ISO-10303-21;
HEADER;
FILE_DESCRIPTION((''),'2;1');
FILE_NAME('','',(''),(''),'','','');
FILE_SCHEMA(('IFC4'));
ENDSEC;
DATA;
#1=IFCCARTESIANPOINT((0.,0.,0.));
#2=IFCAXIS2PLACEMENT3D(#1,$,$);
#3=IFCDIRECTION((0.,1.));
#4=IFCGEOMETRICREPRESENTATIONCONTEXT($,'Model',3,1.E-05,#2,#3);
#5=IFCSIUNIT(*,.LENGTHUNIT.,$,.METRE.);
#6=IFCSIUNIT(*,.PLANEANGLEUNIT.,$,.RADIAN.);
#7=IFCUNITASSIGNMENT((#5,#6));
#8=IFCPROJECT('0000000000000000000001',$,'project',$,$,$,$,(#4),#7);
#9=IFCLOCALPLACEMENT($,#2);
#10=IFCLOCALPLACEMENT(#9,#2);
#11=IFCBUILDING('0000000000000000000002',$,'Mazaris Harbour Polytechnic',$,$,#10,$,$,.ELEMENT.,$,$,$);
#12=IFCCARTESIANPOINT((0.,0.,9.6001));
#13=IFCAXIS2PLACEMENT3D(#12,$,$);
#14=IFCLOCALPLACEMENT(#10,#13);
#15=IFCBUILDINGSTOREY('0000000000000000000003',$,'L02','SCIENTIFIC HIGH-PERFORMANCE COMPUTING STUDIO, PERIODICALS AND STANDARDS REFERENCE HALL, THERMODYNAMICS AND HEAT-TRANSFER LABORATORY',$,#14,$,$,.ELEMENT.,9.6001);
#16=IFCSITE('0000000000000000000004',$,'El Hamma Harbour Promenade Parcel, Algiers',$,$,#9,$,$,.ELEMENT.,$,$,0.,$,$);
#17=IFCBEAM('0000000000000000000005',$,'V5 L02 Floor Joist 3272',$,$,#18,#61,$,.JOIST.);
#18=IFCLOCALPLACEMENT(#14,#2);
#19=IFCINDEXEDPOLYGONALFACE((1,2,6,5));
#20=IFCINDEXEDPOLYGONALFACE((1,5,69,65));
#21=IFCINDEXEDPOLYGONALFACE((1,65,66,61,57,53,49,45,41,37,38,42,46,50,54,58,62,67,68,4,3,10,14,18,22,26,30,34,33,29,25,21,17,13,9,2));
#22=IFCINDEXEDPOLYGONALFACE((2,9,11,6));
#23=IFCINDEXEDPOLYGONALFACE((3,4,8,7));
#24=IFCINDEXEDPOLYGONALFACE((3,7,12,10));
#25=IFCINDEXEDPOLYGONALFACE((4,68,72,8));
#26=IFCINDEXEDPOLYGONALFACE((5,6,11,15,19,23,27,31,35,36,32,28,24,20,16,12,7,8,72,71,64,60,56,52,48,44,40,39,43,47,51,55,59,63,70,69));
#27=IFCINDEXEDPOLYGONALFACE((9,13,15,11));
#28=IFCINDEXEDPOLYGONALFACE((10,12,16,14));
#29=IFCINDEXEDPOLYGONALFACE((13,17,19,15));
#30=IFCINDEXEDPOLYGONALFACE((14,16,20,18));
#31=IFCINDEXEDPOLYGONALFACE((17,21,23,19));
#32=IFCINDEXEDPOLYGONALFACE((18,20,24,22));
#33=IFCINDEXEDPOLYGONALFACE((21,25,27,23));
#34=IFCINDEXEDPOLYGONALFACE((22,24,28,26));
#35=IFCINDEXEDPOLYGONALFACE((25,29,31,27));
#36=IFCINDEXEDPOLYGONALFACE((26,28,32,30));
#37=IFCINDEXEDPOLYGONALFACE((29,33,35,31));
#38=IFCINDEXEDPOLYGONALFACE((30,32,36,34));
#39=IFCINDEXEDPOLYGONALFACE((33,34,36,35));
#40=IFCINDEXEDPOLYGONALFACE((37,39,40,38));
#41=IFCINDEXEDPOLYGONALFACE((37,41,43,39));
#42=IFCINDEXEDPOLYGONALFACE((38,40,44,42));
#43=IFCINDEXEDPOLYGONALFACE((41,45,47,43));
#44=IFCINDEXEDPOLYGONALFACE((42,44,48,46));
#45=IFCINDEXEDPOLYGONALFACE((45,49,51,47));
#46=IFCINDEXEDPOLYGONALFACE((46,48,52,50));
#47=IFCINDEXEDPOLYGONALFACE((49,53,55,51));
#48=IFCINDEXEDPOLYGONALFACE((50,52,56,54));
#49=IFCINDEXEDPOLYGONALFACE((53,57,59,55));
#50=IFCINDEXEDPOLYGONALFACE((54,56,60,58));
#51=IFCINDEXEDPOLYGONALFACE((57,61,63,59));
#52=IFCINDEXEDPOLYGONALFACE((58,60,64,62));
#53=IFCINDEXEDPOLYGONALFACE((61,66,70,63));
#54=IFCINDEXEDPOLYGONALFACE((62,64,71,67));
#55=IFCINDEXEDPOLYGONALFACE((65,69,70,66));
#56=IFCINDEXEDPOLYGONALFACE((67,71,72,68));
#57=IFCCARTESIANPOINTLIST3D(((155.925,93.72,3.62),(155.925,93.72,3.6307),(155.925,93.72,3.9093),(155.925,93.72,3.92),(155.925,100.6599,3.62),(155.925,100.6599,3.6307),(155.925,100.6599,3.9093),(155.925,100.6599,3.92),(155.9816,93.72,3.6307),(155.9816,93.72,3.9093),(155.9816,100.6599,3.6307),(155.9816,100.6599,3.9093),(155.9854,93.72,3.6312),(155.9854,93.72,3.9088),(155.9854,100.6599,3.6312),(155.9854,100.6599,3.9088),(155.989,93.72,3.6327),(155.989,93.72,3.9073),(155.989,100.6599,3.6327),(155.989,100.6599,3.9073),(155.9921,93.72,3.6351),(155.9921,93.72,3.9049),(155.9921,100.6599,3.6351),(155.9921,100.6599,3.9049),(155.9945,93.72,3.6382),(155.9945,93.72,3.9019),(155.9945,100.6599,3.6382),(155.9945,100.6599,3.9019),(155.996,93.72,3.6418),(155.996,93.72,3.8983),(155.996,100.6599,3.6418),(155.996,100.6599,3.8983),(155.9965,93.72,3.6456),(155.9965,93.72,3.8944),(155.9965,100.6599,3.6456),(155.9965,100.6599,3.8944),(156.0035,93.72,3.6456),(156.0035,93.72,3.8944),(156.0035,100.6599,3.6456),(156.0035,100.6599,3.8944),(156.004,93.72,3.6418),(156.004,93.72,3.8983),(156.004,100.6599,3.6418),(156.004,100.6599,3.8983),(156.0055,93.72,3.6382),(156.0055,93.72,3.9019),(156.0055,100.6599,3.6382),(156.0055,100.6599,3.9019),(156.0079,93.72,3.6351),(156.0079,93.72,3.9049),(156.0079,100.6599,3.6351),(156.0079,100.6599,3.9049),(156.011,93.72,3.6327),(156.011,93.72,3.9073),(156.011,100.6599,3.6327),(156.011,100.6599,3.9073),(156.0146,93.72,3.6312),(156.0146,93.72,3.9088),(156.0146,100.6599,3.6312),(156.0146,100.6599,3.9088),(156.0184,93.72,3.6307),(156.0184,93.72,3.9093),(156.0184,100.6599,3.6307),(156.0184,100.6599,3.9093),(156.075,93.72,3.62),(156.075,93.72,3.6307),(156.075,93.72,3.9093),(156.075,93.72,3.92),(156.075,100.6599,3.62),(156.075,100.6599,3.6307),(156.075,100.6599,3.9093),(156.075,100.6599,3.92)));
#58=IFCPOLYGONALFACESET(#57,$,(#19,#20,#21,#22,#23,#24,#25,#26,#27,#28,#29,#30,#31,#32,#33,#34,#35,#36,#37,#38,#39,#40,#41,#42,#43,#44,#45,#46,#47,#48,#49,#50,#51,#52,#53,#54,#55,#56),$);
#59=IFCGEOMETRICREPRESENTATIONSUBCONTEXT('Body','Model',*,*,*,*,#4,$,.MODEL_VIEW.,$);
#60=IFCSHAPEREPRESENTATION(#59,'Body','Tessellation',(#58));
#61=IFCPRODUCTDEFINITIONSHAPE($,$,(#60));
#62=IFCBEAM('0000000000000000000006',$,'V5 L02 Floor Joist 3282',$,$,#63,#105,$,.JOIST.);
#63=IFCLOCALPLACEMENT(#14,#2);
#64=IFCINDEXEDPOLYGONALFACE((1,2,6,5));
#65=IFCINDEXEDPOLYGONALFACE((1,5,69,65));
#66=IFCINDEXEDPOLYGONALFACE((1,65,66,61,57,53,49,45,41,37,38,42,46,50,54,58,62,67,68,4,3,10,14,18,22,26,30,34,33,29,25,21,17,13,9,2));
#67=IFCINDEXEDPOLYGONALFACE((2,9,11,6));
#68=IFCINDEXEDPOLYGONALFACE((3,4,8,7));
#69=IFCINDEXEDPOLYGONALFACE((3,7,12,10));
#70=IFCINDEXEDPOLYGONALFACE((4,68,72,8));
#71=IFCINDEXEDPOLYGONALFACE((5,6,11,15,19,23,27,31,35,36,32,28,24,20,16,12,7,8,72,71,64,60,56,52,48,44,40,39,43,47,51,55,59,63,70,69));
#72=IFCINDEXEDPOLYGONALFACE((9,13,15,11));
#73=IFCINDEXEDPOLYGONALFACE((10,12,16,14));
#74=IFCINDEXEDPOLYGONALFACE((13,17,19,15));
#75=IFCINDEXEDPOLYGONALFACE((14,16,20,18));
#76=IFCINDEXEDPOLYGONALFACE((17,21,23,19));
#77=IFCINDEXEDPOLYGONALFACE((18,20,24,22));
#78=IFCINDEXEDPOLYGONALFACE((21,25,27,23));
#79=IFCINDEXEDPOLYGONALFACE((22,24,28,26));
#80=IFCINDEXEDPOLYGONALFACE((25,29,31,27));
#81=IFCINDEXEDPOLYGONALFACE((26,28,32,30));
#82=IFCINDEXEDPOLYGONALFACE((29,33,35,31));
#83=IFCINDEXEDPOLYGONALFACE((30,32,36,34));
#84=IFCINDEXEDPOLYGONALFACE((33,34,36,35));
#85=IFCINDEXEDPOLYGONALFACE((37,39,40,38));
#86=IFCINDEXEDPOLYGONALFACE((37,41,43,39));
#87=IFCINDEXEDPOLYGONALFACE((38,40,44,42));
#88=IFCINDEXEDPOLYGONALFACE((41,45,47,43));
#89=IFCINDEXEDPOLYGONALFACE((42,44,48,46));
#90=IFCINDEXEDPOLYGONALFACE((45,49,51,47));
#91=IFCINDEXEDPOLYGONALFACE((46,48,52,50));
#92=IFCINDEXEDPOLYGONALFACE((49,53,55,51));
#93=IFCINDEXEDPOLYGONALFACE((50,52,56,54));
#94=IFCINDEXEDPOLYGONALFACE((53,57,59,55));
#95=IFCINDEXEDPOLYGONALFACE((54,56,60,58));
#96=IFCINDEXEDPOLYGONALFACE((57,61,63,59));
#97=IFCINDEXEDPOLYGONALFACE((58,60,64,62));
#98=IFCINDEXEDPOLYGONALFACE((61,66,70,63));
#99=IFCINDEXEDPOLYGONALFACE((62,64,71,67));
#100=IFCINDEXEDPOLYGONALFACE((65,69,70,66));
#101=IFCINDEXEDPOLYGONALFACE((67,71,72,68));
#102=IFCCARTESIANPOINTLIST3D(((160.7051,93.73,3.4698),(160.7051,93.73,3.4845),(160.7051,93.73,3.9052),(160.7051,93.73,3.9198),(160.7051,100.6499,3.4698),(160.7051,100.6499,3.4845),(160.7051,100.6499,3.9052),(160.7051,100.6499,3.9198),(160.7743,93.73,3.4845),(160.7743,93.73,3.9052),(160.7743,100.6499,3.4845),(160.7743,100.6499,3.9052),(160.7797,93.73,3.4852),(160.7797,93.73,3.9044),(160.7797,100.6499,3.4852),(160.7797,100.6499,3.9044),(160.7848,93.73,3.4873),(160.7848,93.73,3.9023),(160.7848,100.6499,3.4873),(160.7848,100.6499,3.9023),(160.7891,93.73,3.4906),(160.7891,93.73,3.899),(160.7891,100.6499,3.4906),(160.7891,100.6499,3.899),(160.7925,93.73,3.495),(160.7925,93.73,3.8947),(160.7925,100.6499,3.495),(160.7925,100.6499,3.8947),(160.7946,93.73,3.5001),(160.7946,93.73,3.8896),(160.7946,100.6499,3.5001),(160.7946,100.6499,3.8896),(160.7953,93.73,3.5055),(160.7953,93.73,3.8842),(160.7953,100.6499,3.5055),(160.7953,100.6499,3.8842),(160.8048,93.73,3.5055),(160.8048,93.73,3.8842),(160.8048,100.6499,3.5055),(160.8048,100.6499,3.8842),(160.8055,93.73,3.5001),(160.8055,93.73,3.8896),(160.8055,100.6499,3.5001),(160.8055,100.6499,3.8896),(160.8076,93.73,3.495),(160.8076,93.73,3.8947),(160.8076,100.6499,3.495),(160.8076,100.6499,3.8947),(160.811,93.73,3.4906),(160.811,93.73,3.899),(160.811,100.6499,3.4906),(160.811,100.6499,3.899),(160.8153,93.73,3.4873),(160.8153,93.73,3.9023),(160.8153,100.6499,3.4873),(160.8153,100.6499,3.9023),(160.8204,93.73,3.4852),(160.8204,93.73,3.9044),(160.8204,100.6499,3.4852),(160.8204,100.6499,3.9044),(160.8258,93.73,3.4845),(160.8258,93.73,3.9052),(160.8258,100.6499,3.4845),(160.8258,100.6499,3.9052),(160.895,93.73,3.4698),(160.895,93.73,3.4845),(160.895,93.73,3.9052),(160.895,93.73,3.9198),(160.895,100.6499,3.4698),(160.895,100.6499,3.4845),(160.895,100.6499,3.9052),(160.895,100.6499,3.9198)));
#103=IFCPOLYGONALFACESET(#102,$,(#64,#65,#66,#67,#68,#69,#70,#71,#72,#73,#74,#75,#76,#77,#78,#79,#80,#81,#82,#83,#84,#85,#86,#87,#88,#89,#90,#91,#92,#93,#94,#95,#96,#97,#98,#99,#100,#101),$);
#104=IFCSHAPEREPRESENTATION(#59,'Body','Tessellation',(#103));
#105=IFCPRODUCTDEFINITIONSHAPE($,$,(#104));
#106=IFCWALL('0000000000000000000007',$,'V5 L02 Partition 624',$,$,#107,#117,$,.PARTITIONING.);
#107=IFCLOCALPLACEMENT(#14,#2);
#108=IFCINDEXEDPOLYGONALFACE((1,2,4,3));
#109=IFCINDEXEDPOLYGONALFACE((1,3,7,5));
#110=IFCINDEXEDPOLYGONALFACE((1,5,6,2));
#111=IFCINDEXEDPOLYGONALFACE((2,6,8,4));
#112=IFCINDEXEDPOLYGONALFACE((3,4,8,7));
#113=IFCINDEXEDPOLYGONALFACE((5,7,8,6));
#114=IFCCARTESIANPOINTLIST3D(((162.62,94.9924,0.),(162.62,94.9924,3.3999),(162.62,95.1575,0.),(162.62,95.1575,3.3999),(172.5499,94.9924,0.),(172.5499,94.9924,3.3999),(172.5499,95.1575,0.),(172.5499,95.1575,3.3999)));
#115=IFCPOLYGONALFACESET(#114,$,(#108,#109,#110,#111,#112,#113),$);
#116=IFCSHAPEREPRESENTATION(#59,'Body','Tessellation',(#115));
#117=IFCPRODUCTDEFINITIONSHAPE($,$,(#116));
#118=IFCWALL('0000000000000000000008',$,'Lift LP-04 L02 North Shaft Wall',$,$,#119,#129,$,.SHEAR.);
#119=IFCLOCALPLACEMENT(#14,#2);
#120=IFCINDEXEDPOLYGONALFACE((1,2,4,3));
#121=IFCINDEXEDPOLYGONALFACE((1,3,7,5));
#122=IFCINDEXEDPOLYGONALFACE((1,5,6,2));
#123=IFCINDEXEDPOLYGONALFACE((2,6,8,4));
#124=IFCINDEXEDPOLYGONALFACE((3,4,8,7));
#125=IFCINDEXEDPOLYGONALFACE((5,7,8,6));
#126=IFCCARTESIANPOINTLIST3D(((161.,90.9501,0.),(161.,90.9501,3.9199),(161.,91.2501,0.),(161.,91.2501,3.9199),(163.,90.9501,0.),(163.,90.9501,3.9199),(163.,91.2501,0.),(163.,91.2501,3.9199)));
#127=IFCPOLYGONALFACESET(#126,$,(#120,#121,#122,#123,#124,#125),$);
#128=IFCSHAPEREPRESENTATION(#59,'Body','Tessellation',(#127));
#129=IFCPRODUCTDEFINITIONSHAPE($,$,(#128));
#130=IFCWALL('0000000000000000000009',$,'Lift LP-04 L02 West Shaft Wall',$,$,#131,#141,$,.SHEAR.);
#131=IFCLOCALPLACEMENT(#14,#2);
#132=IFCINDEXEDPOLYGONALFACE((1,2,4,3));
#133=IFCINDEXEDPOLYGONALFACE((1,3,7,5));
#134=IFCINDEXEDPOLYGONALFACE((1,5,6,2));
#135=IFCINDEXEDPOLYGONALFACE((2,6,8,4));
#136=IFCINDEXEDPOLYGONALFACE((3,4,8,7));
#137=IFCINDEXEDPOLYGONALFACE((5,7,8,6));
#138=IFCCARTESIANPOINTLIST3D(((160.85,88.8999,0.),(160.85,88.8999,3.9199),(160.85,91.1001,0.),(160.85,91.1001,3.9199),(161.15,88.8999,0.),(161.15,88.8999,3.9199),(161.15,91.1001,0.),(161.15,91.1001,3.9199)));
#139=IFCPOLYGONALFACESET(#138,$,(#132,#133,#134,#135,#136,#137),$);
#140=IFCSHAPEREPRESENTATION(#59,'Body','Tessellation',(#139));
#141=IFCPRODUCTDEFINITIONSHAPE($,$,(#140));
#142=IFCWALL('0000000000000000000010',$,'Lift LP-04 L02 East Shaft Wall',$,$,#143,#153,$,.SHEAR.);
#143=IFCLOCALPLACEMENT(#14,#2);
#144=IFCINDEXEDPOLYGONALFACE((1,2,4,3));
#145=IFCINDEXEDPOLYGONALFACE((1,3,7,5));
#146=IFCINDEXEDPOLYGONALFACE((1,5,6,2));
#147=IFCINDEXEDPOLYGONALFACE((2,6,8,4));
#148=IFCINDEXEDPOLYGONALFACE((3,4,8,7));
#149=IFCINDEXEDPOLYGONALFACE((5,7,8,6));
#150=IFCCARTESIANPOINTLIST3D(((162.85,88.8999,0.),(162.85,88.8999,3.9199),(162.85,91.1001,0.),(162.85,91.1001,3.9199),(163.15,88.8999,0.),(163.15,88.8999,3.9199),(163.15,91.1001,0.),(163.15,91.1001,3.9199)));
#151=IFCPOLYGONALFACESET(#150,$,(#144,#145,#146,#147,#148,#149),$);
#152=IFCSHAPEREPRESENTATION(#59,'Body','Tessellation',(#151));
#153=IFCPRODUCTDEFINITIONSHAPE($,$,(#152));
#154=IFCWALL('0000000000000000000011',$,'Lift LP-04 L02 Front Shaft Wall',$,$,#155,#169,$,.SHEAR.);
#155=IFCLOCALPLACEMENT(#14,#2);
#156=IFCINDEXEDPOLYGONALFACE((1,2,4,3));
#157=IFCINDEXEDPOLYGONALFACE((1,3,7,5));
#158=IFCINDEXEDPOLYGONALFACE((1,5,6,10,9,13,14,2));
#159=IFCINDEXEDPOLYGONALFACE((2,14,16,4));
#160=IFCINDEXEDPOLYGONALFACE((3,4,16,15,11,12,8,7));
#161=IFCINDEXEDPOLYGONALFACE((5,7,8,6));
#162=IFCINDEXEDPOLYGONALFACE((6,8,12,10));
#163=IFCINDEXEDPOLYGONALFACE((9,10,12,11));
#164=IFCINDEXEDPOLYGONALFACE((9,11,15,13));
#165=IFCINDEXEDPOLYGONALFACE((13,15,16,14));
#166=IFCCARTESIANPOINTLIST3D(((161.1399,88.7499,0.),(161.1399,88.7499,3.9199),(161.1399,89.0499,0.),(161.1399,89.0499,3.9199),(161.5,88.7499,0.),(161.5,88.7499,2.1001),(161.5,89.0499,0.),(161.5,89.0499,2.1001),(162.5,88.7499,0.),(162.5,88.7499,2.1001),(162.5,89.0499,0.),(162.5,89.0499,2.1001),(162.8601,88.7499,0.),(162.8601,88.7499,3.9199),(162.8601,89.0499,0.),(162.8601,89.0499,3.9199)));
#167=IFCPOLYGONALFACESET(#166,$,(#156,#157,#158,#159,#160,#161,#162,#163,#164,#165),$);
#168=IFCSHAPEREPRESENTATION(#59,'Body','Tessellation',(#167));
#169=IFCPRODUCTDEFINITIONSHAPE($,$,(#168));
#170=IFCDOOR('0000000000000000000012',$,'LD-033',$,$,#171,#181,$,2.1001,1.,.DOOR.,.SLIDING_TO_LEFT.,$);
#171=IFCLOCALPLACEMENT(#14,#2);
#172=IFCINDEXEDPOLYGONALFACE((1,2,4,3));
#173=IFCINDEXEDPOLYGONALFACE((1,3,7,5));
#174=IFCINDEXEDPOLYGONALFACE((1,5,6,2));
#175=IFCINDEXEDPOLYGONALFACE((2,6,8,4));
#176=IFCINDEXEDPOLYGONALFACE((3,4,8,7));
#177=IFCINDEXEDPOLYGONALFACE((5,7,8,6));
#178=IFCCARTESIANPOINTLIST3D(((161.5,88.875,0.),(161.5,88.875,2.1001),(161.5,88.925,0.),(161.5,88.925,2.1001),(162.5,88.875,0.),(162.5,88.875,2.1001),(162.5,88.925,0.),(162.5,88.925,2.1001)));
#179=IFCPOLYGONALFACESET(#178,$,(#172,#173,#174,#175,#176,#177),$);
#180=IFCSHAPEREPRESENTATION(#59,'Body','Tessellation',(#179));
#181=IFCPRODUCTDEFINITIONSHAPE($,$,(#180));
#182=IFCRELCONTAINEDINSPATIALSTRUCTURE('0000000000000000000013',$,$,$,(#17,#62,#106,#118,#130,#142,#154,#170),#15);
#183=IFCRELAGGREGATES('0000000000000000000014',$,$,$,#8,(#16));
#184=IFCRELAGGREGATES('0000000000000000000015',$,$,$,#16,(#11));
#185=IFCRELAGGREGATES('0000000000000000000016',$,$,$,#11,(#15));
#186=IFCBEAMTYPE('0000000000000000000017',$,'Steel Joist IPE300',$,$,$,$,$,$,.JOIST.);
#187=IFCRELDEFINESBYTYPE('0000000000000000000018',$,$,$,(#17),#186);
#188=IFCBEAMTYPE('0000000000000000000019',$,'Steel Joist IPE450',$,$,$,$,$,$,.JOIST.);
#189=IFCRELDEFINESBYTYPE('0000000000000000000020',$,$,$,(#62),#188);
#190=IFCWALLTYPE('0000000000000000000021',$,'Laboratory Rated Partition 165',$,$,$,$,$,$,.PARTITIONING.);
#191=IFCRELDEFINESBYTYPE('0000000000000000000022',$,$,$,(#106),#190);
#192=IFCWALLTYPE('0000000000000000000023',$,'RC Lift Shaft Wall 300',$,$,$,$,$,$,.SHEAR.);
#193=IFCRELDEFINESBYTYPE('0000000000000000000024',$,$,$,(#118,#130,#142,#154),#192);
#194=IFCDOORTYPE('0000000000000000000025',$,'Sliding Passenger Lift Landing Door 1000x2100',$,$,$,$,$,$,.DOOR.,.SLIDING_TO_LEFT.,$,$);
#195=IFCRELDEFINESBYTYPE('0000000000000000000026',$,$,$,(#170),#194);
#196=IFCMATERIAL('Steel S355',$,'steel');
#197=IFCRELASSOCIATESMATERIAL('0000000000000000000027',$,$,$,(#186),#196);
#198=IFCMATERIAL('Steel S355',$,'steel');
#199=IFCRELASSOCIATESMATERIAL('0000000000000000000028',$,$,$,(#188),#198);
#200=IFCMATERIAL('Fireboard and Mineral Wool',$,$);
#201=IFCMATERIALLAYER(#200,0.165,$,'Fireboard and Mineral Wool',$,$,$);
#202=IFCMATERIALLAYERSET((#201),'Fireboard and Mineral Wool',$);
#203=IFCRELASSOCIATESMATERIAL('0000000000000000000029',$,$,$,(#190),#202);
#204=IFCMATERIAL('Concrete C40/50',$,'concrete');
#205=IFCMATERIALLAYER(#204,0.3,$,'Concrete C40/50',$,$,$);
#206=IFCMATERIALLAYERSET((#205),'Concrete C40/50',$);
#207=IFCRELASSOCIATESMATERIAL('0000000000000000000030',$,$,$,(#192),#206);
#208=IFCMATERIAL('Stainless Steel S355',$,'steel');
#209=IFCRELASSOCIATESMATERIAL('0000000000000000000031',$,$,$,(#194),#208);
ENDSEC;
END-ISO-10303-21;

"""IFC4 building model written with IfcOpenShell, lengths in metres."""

from ifc_helpers import new_model, si_unit, direction, frame, frame_2d, origin, origin_2d, place, context, subcontext, project, spatial, rectangle, i_section, extrude, material, layer, layer_set, material_profile, profile_set, type_object, element, fill, save


model = new_model("IFC4")

# Units and contexts
model_context = context("Model", 3, precision=1e-05, world=origin(), true_north=direction((0.0, 1.0)))
body_context = subcontext(model_context, "Body", "Model", "MODEL_VIEW")
ifc_project = project(units=[si_unit("LENGTHUNIT", "METRE"), si_unit("PLANEANGLEUNIT", "RADIAN")], contexts=[model_context])

# Site, building, storey
site_placement = place(None, origin())
site = spatial("IfcSite", under=ifc_project, at=site_placement, Name="El Hamma Harbour Promenade Parcel, Algiers", CompositionType="ELEMENT", RefElevation=0.0)
building_placement = place(site_placement, origin())
building = spatial("IfcBuilding", under=site, at=building_placement, Name="Mazaris Harbour Polytechnic", CompositionType="ELEMENT")
storey_placement = place(building_placement, frame((0.0, 0.0, 9.6001)))
storey = spatial("IfcBuildingStorey", under=building, at=storey_placement, Name="L02", Description="SCIENTIFIC HIGH-PERFORMANCE COMPUTING STUDIO, PERIODICALS AND STANDARDS REFERENCE HALL, THERMODYNAMICS AND HEAT-TRANSFER LABORATORY", CompositionType="ELEMENT", Elevation=9.6001)

# Beams
ifc_material_1 = material(Name="Steel S355", Category="steel")
ifc_material_profile_1 = material_profile(ifc_material_1, i_section(OverallWidth=0.1499, OverallDepth=0.3, WebThickness=0.0071, FlangeThickness=0.0107, FilletRadius=0.0149, at=origin_2d()), Name="IPE 300")
ifc_profile_set_1 = profile_set([ifc_material_profile_1], Name="Steel S355")
beam_type_1 = type_object("IfcBeamType", Name="Steel Joist IPE300", PredefinedType="JOIST", material=ifc_profile_set_1)
beam_1_placement = place(storey_placement, frame((156.0, 93.72, 3.77), z_axis=(0.0, 1.0, 0.0), x_axis=(-1.0, 0.0, 0.0)))
element("IfcBeam", 1, at=beam_1_placement, inside=storey, type_object=beam_type_1, Name="V5 L02 Floor Joist 3272", PredefinedType="JOIST", context=body_context, shape_type="SweptSolid", body=[
    extrude(i_section(OverallWidth=0.1499, OverallDepth=0.3, WebThickness=0.0071, FlangeThickness=0.0107, FilletRadius=0.0149, at=origin_2d()), origin(), (0.0, 0.0, 1.0), 6.9399),
])
ifc_material_2 = material(Name="Steel S355", Category="steel")
ifc_material_profile_2 = material_profile(ifc_material_2, i_section(OverallWidth=0.1899, OverallDepth=0.45, WebThickness=0.0095, FlangeThickness=0.0146, FilletRadius=0.021, at=origin_2d()), Name="IPE 450")
ifc_profile_set_2 = profile_set([ifc_material_profile_2], Name="Steel S355")
beam_type_2 = type_object("IfcBeamType", Name="Steel Joist IPE450", PredefinedType="JOIST", material=ifc_profile_set_2)
beam_2_placement = place(storey_placement, frame((160.8, 93.73, 3.6948), z_axis=(0.0, 1.0, 0.0), x_axis=(-1.0, 0.0, 0.0)))
element("IfcBeam", 2, at=beam_2_placement, inside=storey, type_object=beam_type_2, Name="V5 L02 Floor Joist 3282", PredefinedType="JOIST", context=body_context, shape_type="SweptSolid", body=[
    extrude(i_section(OverallWidth=0.1899, OverallDepth=0.45, WebThickness=0.0095, FlangeThickness=0.0146, FilletRadius=0.021, at=origin_2d()), origin(), (0.0, 0.0, 1.0), 6.9199),
])

# Walls
ifc_material_3 = material(Name="Fireboard and Mineral Wool")
ifc_layer_1 = layer(ifc_material_3, 0.165, Name="Fireboard and Mineral Wool")
ifc_layer_set_1 = layer_set([ifc_layer_1], Name="Fireboard and Mineral Wool")
wall_type_1 = type_object("IfcWallType", Name="Laboratory Rated Partition 165", PredefinedType="PARTITIONING", material=ifc_layer_set_1)
wall_1_placement = place(storey_placement, frame((162.6201, 95.075, 0.0), z_axis=(0.0, 0.0, 1.0), x_axis=(1.0, 0.0, 0.0)))
element("IfcWall", 3, at=wall_1_placement, inside=storey, type_object=wall_type_1, Name="V5 L02 Partition 624", PredefinedType="PARTITIONING", context=body_context, shape_type="SweptSolid", body=[
    extrude(rectangle(XDim=9.9299, YDim=0.165, at=frame_2d((4.9648, 0.0))), origin(), (0.0, 0.0, 1.0), 3.3999),
])
ifc_material_4 = material(Name="Concrete C40/50", Category="concrete")
ifc_layer_2 = layer(ifc_material_4, 0.3, Name="Concrete C40/50")
ifc_layer_set_2 = layer_set([ifc_layer_2], Name="Concrete C40/50")
wall_type_2 = type_object("IfcWallType", Name="RC Lift Shaft Wall 300", PredefinedType="SHEAR", material=ifc_layer_set_2)
wall_2_placement = place(storey_placement, frame((163.0, 91.1001, 0.0), z_axis=(0.0, 0.0, 1.0), x_axis=(-1.0, 0.0, 0.0)))
element("IfcWall", 4, at=wall_2_placement, inside=storey, type_object=wall_type_2, Name="Lift LP-04 L02 North Shaft Wall", PredefinedType="SHEAR", context=body_context, shape_type="SweptSolid", body=[
    extrude(rectangle(XDim=2.0, YDim=0.3, at=frame_2d((1.0, 0.0))), origin(), (0.0, 0.0, 1.0), 3.9199),
])
for number, where, z_axis, x_axis, name in (
    (5, (161.0, 91.1001, 0.0), (0.0, 0.0, 1.0), (0.0, -1.0, 0.0), "Lift LP-04 L02 West Shaft Wall"),
    (6, (163.0, 88.8999, 0.0), (0.0, 0.0, 1.0), (0.0, 1.0, 0.0), "Lift LP-04 L02 East Shaft Wall"),
):
    element("IfcWall", number, at=place(storey_placement, frame(where, z_axis=z_axis, x_axis=x_axis)), inside=storey, type_object=wall_type_2, Name=name, PredefinedType="SHEAR", context=body_context, shape_type="SweptSolid", body=[
        extrude(rectangle(XDim=2.2002, YDim=0.3, at=frame_2d((1.1001, 0.0))), origin(), (0.0, 0.0, 1.0), 3.9199),
    ])

# Wall, opening, door
wall_3_placement = place(storey_placement, frame((162.8601, 88.8999, 0.0), z_axis=(0.0, 0.0, 1.0), x_axis=(-1.0, 0.0, 0.0)))
wall_3 = element("IfcWall", 7, at=wall_3_placement, inside=storey, type_object=wall_type_2, Name="Lift LP-04 L02 Front Shaft Wall", PredefinedType="SHEAR", context=body_context, shape_type="SweptSolid", body=[
    extrude(rectangle(XDim=1.7202, YDim=0.3, at=frame_2d((0.8601, 0.0))), origin(), (0.0, 0.0, 1.0), 3.9199),
])
opening_1_placement = place(wall_3_placement, frame((0.3601, 0.0, 0.0)))
opening_1 = element("IfcOpeningElement", 8, at=opening_1_placement, cuts=wall_3, PredefinedType="OPENING", context=body_context, shape_type="SweptSolid", body=[
    extrude(rectangle(XDim=1.0, YDim=2.1001, at=frame_2d((0.5, 1.05))), frame((0.0, 0.1599, 0.0), z_axis=(0.0, -1.0, 0.0), x_axis=(1.0, 0.0, 0.0)), (0.0, 0.0, 1.0), 0.3201),
])
ifc_material_5 = material(Name="Stainless Steel S355", Category="steel")
door_type_1 = type_object("IfcDoorType", Name="Sliding Passenger Lift Landing Door 1000x2100", OperationType="SLIDING_TO_LEFT", PredefinedType="DOOR", material=ifc_material_5)
door_1_placement = place(opening_1_placement, origin())
door_1 = element("IfcDoor", 9, at=door_1_placement, inside=storey, type_object=door_type_1, Name="LD-033", OperationType="SLIDING_TO_LEFT", OverallHeight=2.1001, OverallWidth=1.0, PredefinedType="DOOR", context=body_context, shape_type="SweptSolid", body=[
    extrude(rectangle(XDim=1.0, YDim=2.1001, at=frame_2d((0.5, 1.05))), frame((0.0, 0.0249, 0.0), z_axis=(0.0, -1.0, 0.0), x_axis=(1.0, 0.0, 0.0)), (0.0, 0.0, 1.0), 0.05),
])
fill(opening_1, door_1)

save(model, "model.ifc")
